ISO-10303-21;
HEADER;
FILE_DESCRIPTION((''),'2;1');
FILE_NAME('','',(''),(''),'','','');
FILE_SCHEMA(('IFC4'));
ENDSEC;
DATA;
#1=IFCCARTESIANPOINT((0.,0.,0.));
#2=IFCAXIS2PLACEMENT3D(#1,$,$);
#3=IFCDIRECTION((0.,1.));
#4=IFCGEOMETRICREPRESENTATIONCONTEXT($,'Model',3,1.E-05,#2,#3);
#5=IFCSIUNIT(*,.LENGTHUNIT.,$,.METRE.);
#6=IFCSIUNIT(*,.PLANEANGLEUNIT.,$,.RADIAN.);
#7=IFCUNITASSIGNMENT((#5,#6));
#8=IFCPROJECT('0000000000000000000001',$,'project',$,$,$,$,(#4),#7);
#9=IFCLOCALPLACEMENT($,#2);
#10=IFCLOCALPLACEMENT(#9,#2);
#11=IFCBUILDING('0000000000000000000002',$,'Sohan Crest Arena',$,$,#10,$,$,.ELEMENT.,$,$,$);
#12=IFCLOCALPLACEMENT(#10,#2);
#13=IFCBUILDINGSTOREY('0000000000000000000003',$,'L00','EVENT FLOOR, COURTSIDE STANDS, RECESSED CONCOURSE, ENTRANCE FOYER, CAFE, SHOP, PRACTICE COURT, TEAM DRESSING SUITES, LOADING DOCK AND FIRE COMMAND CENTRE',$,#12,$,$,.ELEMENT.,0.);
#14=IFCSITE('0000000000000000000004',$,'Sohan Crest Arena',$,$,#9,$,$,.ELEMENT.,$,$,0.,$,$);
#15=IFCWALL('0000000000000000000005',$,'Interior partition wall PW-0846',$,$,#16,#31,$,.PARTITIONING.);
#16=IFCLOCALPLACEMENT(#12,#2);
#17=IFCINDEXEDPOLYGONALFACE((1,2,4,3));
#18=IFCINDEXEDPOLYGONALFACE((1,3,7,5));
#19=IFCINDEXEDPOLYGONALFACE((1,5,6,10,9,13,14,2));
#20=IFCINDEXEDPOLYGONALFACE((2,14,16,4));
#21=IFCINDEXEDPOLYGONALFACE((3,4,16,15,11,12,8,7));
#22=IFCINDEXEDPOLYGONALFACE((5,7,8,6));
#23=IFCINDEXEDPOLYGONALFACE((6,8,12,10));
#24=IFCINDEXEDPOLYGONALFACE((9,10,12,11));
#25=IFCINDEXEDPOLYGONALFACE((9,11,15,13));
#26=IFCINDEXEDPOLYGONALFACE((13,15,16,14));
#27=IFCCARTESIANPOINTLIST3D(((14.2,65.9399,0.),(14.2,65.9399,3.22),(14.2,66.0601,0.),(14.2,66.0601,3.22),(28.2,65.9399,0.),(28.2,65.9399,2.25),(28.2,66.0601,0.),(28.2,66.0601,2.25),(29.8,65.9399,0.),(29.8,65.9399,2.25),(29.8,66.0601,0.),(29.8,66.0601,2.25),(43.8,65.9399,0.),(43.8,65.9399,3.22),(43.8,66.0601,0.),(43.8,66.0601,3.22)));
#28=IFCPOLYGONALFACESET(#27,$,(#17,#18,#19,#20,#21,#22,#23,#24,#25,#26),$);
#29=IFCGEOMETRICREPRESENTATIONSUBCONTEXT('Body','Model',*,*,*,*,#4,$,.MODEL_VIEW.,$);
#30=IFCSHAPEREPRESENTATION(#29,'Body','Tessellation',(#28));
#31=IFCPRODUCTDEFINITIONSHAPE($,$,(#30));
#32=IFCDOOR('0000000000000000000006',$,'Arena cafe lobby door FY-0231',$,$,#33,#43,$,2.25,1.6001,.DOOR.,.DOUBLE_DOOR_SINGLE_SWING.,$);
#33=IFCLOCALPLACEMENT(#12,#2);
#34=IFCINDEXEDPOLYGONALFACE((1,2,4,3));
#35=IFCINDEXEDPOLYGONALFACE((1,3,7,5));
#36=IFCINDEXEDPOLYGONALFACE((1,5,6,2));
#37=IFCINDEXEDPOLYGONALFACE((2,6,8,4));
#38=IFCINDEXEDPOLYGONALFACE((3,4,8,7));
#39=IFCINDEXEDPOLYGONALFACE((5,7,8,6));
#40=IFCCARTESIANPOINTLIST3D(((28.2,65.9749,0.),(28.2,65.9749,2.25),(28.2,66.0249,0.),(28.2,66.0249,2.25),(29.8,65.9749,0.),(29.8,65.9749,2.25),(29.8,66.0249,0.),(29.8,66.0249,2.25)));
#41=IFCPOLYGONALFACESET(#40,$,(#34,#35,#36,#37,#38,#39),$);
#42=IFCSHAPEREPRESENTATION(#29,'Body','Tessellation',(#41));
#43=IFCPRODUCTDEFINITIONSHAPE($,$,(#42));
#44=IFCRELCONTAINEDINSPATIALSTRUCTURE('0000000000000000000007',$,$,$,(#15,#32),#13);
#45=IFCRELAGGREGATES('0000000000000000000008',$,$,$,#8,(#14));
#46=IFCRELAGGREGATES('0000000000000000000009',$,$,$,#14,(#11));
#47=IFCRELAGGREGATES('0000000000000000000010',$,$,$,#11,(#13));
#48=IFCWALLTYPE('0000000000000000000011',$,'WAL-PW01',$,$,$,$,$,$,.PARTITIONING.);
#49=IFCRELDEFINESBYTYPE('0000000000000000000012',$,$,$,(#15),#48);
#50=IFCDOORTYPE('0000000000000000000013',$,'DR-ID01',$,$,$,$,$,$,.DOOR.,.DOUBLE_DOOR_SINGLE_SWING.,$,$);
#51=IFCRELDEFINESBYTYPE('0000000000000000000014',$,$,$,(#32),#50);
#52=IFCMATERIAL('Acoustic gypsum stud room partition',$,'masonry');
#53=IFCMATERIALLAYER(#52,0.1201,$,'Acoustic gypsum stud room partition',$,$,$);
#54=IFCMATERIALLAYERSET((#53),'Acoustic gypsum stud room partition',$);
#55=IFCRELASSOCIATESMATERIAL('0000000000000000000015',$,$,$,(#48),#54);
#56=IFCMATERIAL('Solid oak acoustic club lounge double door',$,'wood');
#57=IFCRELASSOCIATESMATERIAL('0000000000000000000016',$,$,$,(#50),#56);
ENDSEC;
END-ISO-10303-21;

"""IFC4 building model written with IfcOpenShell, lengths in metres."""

from ifc_helpers import new_model, si_unit, direction, frame, frame_2d, origin, place, context, subcontext, project, spatial, rectangle, extrude, material, layer, layer_set, type_object, element, fill, save


model = new_model("IFC4")

# Units and contexts
model_context = context("Model", 3, precision=1e-05, world=origin(), true_north=direction((0.0, 1.0)))
body_context = subcontext(model_context, "Body", "Model", "MODEL_VIEW")
ifc_project = project(units=[si_unit("LENGTHUNIT", "METRE"), si_unit("PLANEANGLEUNIT", "RADIAN")], contexts=[model_context])

# Site, building, storey
site_placement = place(None, origin())
site = spatial("IfcSite", under=ifc_project, at=site_placement, Name="Sohan Crest Arena", CompositionType="ELEMENT", RefElevation=0.0)
building_placement = place(site_placement, origin())
building = spatial("IfcBuilding", under=site, at=building_placement, Name="Sohan Crest Arena", CompositionType="ELEMENT")
storey_placement = place(building_placement, origin())
storey = spatial("IfcBuildingStorey", under=building, at=storey_placement, Name="L00", Description="EVENT FLOOR, COURTSIDE STANDS, RECESSED CONCOURSE, ENTRANCE FOYER, CAFE, SHOP, PRACTICE COURT, TEAM DRESSING SUITES, LOADING DOCK AND FIRE COMMAND CENTRE", CompositionType="ELEMENT", Elevation=0.0)

# Wall, opening, door
ifc_material_1 = material(Name="Acoustic gypsum stud room partition", Category="masonry")
ifc_layer_1 = layer(ifc_material_1, 0.1201, Name="Acoustic gypsum stud room partition")
ifc_layer_set_1 = layer_set([ifc_layer_1], Name="Acoustic gypsum stud room partition")
wall_type = type_object("IfcWallType", Name="WAL-PW01", PredefinedType="PARTITIONING", material=ifc_layer_set_1)
wall_placement = place(storey_placement, frame((14.2, 66.0, 0.0), z_axis=(0.0, 0.0, 1.0), x_axis=(1.0, 0.0, 0.0)))
wall = element("IfcWall", 1, at=wall_placement, inside=storey, type_object=wall_type, Name="Interior partition wall PW-0846", PredefinedType="PARTITIONING", context=body_context, shape_type="SweptSolid", body=[
    extrude(rectangle(XDim=29.6001, YDim=0.1201, at=frame_2d((14.8, 0.0))), origin(), (0.0, 0.0, 1.0), 3.22),
])
opening_placement = place(wall_placement, frame((14.0, 0.0, 0.0)))
opening = element("IfcOpeningElement", 2, at=opening_placement, cuts=wall, PredefinedType="OPENING", context=body_context, shape_type="SweptSolid", body=[
    extrude(rectangle(XDim=1.6001, YDim=2.25, at=frame_2d((0.8, 1.125))), frame((0.0, 0.0701, 0.0), z_axis=(0.0, -1.0, 0.0), x_axis=(1.0, 0.0, 0.0)), (0.0, 0.0, 1.0), 0.1401),
])
ifc_material_2 = material(Name="Solid oak acoustic club lounge double door", Category="wood")
door_type = type_object("IfcDoorType", Name="DR-ID01", OperationType="DOUBLE_DOOR_SINGLE_SWING", PredefinedType="DOOR", material=ifc_material_2)
door_placement = place(opening_placement, origin())
door = element("IfcDoor", 3, at=door_placement, inside=storey, type_object=door_type, Name="Arena cafe lobby door FY-0231", OperationType="DOUBLE_DOOR_SINGLE_SWING", OverallHeight=2.25, OverallWidth=1.6001, PredefinedType="DOOR", context=body_context, shape_type="SweptSolid", body=[
    extrude(rectangle(XDim=1.6001, YDim=2.25, at=frame_2d((0.8, 1.125))), frame((0.0, 0.0249, 0.0), z_axis=(0.0, -1.0, 0.0), x_axis=(1.0, 0.0, 0.0)), (0.0, 0.0, 1.0), 0.05),
])
fill(opening, door)

save(model, "model.ifc")
